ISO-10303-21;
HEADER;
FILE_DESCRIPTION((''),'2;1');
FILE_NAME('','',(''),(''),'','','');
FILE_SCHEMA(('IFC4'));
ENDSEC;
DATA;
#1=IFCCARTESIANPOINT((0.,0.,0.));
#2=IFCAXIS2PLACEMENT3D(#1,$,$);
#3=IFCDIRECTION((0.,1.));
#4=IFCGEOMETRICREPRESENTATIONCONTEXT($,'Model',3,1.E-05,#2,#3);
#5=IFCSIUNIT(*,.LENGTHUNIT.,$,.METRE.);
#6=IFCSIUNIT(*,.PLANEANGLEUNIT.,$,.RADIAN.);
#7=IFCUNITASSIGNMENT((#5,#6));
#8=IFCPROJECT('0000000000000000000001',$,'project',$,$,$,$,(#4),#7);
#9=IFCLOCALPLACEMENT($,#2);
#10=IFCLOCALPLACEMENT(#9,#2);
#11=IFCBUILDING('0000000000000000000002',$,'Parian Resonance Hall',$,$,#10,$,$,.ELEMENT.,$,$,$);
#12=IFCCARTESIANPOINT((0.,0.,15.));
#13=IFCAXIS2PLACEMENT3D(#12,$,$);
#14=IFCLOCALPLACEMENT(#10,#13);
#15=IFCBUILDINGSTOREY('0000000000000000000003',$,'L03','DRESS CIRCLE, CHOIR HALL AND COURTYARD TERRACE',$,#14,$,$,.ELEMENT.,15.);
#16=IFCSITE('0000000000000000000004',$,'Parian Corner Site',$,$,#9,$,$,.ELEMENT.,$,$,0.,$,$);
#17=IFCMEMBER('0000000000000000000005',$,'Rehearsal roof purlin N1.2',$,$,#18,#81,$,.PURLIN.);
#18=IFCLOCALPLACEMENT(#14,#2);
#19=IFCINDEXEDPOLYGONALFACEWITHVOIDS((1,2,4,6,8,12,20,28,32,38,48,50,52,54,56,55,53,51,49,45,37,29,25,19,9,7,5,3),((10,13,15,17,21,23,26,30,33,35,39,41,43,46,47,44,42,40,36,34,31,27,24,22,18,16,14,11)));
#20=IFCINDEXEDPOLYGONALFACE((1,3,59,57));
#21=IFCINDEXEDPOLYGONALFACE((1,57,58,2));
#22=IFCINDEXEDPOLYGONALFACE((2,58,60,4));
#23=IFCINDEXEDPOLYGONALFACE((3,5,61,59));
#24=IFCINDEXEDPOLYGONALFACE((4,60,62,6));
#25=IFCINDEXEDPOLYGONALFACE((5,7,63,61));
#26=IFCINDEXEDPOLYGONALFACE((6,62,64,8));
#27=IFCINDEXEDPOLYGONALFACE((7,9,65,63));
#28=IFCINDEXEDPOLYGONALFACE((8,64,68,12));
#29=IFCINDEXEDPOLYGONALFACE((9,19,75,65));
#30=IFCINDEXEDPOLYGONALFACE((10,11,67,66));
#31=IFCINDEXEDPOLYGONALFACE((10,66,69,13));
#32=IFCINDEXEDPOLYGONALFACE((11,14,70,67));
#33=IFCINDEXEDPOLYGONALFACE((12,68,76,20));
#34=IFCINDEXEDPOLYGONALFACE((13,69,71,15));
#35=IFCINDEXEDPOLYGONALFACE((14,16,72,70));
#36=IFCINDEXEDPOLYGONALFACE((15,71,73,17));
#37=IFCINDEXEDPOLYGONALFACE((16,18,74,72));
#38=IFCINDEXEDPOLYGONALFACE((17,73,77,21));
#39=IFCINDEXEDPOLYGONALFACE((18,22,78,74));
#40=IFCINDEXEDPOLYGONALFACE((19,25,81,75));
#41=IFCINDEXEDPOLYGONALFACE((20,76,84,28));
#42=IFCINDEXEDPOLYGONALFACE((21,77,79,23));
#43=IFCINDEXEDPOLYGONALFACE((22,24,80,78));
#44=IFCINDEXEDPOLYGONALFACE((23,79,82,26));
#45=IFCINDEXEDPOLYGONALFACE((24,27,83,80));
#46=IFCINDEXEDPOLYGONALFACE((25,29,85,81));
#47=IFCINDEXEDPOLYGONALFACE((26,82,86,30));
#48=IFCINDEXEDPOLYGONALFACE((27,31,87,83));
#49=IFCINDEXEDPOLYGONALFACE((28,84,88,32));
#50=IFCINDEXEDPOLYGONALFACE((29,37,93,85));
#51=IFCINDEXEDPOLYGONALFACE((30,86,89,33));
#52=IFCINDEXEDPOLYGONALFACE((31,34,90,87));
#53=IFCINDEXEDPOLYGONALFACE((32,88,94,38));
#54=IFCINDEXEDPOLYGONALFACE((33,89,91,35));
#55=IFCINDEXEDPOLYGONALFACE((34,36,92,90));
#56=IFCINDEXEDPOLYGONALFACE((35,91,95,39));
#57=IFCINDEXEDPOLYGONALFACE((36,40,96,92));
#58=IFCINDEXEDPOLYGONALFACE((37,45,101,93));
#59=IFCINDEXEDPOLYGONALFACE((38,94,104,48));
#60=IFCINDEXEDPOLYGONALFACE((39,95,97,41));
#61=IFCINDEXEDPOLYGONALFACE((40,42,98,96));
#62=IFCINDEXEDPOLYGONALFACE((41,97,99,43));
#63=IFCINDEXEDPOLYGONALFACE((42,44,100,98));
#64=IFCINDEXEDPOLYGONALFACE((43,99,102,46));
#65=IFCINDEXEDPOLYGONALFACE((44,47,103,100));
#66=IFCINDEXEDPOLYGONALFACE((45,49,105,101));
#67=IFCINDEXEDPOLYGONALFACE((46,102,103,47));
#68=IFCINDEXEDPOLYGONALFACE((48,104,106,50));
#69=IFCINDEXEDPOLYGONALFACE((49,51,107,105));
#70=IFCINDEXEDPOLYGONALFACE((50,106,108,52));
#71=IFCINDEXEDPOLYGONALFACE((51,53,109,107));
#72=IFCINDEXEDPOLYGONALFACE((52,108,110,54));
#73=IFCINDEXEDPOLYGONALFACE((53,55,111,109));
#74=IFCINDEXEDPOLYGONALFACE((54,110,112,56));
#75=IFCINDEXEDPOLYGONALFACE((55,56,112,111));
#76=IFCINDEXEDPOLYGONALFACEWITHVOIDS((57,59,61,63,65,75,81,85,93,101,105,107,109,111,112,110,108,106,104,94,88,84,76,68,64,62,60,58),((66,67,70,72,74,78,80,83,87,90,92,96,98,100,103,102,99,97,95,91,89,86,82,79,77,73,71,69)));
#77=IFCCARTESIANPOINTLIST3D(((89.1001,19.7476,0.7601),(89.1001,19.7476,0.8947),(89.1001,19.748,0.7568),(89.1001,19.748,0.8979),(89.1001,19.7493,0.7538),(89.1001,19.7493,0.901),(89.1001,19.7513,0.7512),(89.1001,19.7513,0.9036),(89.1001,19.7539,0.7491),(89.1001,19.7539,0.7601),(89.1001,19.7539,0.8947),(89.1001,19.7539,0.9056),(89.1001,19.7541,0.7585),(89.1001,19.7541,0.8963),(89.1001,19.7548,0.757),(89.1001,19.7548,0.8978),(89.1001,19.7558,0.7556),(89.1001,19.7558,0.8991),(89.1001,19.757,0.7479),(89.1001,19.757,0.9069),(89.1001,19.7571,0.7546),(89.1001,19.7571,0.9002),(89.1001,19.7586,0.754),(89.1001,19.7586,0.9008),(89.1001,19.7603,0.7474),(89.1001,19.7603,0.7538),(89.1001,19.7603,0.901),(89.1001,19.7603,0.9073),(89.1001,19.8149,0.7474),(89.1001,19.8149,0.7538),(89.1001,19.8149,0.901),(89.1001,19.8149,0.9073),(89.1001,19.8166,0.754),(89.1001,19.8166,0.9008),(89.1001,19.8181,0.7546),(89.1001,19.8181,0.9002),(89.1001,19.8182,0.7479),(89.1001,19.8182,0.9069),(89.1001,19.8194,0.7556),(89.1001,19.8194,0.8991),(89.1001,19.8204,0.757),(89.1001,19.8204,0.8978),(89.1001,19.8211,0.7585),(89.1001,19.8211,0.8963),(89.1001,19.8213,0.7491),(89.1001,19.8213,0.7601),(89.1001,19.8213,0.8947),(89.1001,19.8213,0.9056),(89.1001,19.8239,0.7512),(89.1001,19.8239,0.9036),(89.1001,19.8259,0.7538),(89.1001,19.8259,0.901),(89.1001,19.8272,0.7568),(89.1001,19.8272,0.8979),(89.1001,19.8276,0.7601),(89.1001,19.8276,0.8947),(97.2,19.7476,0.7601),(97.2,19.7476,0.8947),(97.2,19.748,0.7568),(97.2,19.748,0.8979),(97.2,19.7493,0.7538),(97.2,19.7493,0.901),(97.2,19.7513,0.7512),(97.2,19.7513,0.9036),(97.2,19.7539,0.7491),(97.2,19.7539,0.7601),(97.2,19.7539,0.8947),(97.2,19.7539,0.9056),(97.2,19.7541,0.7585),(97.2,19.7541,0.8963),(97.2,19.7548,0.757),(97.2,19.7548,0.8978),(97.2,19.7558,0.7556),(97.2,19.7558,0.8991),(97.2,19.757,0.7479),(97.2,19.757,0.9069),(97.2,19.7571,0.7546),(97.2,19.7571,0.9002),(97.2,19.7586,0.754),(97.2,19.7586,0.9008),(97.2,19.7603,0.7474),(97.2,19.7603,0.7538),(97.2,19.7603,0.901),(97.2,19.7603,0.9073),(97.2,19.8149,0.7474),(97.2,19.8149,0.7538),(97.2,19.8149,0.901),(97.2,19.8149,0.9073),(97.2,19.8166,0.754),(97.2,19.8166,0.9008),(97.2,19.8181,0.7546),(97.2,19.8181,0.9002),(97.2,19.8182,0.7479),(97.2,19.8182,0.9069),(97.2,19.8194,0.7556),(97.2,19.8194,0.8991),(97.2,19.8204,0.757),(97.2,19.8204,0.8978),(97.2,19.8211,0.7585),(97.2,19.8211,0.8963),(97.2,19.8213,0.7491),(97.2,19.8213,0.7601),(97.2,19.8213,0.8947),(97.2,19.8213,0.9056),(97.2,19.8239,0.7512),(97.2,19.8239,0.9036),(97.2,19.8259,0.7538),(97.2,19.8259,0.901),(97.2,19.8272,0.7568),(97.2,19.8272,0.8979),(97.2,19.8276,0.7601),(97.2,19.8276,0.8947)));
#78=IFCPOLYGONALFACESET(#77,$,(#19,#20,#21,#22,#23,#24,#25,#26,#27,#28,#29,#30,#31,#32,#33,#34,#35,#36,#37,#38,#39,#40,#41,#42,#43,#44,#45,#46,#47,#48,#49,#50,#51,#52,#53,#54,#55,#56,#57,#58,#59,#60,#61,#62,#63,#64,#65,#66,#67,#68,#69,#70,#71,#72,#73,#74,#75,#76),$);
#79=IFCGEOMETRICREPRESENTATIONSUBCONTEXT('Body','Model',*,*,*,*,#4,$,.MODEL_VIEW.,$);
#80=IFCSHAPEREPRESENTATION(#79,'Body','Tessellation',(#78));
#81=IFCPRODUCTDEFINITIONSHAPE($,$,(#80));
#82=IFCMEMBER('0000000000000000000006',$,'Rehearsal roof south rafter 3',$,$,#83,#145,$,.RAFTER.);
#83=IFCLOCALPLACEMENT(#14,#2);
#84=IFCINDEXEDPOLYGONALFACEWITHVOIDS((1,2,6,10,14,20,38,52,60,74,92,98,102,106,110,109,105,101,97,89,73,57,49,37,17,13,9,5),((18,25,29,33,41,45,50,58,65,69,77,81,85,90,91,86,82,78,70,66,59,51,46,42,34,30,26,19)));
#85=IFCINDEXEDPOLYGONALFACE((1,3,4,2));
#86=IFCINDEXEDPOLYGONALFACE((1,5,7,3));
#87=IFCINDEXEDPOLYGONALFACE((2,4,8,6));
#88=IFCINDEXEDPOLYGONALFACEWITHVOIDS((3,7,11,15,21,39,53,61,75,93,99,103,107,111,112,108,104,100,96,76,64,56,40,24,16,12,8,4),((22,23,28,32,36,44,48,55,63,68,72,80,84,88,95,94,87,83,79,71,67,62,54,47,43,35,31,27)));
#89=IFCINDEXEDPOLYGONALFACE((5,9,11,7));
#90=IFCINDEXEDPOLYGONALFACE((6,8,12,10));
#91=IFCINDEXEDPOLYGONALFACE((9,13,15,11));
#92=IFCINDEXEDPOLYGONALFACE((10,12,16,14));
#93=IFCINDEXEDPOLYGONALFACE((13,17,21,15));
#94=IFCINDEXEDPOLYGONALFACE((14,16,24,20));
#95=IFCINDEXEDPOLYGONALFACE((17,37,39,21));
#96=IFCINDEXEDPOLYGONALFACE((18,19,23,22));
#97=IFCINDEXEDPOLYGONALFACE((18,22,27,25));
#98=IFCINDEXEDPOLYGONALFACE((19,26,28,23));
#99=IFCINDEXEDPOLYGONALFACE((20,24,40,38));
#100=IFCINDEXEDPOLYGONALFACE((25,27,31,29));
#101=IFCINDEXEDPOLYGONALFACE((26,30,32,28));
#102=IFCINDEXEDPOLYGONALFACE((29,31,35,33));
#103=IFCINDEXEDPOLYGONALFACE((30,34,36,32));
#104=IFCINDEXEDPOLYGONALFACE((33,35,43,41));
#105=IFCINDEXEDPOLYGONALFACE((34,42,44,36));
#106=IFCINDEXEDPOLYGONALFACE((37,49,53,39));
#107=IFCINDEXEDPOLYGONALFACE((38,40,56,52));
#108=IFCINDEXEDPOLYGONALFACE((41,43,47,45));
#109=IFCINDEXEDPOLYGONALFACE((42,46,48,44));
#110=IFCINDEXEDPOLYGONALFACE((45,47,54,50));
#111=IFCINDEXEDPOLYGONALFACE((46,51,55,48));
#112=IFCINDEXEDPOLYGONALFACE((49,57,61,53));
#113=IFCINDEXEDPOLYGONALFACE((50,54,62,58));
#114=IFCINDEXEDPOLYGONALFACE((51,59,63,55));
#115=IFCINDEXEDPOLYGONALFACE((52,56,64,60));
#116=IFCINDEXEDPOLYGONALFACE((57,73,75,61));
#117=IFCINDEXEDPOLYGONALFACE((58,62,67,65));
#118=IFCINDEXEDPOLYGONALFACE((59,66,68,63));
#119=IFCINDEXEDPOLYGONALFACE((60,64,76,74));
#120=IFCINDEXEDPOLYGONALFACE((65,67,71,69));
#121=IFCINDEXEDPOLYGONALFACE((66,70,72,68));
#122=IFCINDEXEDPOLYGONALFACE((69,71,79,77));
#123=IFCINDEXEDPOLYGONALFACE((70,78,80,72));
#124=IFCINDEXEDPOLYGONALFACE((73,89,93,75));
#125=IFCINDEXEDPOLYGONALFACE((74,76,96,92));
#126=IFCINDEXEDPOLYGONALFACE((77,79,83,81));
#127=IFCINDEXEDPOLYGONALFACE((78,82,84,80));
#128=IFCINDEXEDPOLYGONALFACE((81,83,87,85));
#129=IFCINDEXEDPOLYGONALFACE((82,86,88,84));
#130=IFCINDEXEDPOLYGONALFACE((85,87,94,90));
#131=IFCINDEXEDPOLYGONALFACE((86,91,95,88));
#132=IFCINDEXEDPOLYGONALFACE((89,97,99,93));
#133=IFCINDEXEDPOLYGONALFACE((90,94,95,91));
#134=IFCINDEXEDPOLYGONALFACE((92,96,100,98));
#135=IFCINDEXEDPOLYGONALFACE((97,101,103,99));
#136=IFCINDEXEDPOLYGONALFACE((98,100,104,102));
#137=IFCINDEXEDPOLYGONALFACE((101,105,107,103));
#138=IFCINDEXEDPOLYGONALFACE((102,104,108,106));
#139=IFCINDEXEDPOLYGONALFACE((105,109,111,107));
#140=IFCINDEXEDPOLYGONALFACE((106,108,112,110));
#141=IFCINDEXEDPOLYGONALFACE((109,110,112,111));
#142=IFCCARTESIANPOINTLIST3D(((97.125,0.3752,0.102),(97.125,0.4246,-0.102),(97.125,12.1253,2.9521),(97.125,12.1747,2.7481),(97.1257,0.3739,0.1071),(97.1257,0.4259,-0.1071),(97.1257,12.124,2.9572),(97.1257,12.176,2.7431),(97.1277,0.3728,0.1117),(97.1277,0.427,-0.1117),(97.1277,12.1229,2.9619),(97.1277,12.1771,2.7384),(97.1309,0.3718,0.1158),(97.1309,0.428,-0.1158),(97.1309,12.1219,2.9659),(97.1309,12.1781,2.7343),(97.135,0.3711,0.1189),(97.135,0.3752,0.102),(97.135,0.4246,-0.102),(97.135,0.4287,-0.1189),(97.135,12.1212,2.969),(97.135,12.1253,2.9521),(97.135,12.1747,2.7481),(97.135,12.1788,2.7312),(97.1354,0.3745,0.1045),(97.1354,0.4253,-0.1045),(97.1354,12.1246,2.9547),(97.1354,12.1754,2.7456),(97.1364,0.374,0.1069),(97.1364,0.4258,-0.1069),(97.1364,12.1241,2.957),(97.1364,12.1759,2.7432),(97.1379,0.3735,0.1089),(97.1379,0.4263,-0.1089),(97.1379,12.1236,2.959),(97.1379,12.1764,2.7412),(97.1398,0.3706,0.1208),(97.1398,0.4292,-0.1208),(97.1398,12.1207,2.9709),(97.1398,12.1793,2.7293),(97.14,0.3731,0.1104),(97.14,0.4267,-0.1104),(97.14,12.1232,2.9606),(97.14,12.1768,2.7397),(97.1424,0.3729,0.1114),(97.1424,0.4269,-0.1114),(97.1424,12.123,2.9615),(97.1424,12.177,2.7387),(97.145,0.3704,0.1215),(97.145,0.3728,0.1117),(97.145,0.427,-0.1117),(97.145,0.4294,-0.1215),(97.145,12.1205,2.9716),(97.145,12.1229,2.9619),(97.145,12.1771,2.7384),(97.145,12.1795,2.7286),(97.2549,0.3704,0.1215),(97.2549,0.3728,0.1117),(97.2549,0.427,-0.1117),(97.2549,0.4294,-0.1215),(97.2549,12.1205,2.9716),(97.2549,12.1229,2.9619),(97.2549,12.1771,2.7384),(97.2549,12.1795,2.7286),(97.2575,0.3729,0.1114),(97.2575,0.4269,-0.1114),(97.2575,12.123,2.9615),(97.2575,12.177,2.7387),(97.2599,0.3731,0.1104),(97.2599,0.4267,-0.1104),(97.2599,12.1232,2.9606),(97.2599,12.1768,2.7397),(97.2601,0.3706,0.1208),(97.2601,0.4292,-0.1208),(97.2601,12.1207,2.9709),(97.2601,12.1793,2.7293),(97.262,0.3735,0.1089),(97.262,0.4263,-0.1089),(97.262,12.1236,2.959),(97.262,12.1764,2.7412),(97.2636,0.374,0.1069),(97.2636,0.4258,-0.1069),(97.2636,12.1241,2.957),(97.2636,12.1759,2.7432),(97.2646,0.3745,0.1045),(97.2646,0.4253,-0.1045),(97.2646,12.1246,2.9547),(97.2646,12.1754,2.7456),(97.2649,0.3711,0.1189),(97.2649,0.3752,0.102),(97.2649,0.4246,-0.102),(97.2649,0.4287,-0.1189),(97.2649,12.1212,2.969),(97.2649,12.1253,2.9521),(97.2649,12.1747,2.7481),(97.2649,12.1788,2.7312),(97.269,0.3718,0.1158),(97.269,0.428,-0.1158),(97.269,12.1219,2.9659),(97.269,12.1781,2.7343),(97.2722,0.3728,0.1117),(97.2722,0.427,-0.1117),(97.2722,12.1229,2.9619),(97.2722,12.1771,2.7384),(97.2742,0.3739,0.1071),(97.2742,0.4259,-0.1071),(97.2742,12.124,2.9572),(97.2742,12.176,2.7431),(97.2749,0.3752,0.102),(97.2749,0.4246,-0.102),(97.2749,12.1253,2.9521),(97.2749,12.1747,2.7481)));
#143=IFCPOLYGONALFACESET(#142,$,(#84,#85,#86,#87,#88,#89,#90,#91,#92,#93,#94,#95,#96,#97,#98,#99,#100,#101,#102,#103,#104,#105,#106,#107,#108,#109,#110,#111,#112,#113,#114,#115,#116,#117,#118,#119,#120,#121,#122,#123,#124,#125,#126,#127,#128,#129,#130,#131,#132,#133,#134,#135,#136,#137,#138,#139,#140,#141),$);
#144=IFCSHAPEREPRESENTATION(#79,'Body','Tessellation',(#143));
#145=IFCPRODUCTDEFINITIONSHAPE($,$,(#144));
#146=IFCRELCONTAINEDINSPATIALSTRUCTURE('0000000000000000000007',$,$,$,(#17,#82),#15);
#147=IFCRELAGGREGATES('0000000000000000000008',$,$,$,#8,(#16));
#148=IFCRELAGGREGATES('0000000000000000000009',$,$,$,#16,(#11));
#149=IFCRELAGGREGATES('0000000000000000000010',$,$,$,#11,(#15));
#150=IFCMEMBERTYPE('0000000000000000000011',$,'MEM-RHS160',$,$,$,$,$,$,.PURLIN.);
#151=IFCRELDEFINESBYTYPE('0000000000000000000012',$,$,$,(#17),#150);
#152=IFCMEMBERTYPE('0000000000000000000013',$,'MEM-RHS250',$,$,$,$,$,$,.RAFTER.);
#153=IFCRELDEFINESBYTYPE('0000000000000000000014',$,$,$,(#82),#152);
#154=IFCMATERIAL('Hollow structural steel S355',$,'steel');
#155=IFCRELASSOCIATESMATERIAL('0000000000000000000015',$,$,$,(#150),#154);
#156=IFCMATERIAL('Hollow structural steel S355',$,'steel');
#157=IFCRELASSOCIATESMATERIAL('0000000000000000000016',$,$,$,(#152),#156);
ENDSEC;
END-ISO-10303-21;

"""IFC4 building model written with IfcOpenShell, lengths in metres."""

from ifc_helpers import new_model, si_unit, direction, frame, origin, origin_2d, place, context, subcontext, project, spatial, hollow_rectangle, extrude, material, material_profile, profile_set, type_object, element, save


model = new_model("IFC4")

# Units and contexts
model_context = context("Model", 3, precision=1e-05, world=origin(), true_north=direction((0.0, 1.0)))
body_context = subcontext(model_context, "Body", "Model", "MODEL_VIEW")
ifc_project = project(units=[si_unit("LENGTHUNIT", "METRE"), si_unit("PLANEANGLEUNIT", "RADIAN")], contexts=[model_context])

# Site, building, storey
site_placement = place(None, origin())
site = spatial("IfcSite", under=ifc_project, at=site_placement, Name="Parian Corner Site", CompositionType="ELEMENT", RefElevation=0.0)
building_placement = place(site_placement, origin())
building = spatial("IfcBuilding", under=site, at=building_placement, Name="Parian Resonance Hall", CompositionType="ELEMENT")
storey_placement = place(building_placement, frame((0.0, 0.0, 15.0)))
storey = spatial("IfcBuildingStorey", under=building, at=storey_placement, Name="L03", Description="DRESS CIRCLE, CHOIR HALL AND COURTYARD TERRACE", CompositionType="ELEMENT", Elevation=15.0)

# Members
ifc_material_1 = material(Name="Hollow structural steel S355", Category="steel")
ifc_material_profile_1 = material_profile(ifc_material_1, hollow_rectangle(XDim=0.0801, YDim=0.1599, WallThickness=0.0063, InnerFilletRadius=0.0063, OuterFilletRadius=0.0127, at=origin_2d()), Name="RHS160x80x6.3")
ifc_profile_set_1 = profile_set([ifc_material_profile_1], Name="Hollow structural steel S355")
member_type_1 = type_object("IfcMemberType", Name="MEM-RHS160", PredefinedType="PURLIN", material=ifc_profile_set_1)
member_1_placement = place(storey_placement, frame((89.1001, 19.7876, 0.8274), z_axis=(1.0, 0.0, 0.0), x_axis=(0.0, 1.0, 0.0)))
element("IfcMember", 1, at=member_1_placement, inside=storey, type_object=member_type_1, Name="Rehearsal roof purlin N1.2", PredefinedType="PURLIN", context=body_context, shape_type="SweptSolid", body=[
    extrude(hollow_rectangle(XDim=0.0801, YDim=0.1599, WallThickness=0.0063, InnerFilletRadius=0.0063, OuterFilletRadius=0.0127, at=origin_2d()), origin(), (0.0, 0.0, 1.0), 8.0999),
])
ifc_material_2 = material(Name="Hollow structural steel S355", Category="steel")
ifc_material_profile_2 = material_profile(ifc_material_2, hollow_rectangle(XDim=0.1499, YDim=0.25, WallThickness=0.01, InnerFilletRadius=0.01, OuterFilletRadius=0.02, at=origin_2d()), Name="RHS250x150x10")
ifc_profile_set_2 = profile_set([ifc_material_profile_2], Name="Hollow structural steel S355")
member_type_2 = type_object("IfcMemberType", Name="MEM-RHS250", PredefinedType="RAFTER", material=ifc_profile_set_2)
for number, where, z_axis, x_axis, name in (
    (2, (97.2, 0.3999, 0.0), (0.0, 0.97182, 0.235726), (-1.0, 0.0, 0.0), "Rehearsal roof south rafter 3"),
):
    element("IfcMember", number, at=place(storey_placement, frame(where, z_axis=z_axis, x_axis=x_axis)), inside=storey, type_object=member_type_2, Name=name, PredefinedType="RAFTER", context=body_context, shape_type="SweptSolid", body=[
        extrude(hollow_rectangle(XDim=0.1499, YDim=0.25, WallThickness=0.01, InnerFilletRadius=0.01, OuterFilletRadius=0.02, at=origin_2d()), origin(), (0.0, 0.0, 1.0), 12.0908),
    ])

save(model, "model.ifc")
